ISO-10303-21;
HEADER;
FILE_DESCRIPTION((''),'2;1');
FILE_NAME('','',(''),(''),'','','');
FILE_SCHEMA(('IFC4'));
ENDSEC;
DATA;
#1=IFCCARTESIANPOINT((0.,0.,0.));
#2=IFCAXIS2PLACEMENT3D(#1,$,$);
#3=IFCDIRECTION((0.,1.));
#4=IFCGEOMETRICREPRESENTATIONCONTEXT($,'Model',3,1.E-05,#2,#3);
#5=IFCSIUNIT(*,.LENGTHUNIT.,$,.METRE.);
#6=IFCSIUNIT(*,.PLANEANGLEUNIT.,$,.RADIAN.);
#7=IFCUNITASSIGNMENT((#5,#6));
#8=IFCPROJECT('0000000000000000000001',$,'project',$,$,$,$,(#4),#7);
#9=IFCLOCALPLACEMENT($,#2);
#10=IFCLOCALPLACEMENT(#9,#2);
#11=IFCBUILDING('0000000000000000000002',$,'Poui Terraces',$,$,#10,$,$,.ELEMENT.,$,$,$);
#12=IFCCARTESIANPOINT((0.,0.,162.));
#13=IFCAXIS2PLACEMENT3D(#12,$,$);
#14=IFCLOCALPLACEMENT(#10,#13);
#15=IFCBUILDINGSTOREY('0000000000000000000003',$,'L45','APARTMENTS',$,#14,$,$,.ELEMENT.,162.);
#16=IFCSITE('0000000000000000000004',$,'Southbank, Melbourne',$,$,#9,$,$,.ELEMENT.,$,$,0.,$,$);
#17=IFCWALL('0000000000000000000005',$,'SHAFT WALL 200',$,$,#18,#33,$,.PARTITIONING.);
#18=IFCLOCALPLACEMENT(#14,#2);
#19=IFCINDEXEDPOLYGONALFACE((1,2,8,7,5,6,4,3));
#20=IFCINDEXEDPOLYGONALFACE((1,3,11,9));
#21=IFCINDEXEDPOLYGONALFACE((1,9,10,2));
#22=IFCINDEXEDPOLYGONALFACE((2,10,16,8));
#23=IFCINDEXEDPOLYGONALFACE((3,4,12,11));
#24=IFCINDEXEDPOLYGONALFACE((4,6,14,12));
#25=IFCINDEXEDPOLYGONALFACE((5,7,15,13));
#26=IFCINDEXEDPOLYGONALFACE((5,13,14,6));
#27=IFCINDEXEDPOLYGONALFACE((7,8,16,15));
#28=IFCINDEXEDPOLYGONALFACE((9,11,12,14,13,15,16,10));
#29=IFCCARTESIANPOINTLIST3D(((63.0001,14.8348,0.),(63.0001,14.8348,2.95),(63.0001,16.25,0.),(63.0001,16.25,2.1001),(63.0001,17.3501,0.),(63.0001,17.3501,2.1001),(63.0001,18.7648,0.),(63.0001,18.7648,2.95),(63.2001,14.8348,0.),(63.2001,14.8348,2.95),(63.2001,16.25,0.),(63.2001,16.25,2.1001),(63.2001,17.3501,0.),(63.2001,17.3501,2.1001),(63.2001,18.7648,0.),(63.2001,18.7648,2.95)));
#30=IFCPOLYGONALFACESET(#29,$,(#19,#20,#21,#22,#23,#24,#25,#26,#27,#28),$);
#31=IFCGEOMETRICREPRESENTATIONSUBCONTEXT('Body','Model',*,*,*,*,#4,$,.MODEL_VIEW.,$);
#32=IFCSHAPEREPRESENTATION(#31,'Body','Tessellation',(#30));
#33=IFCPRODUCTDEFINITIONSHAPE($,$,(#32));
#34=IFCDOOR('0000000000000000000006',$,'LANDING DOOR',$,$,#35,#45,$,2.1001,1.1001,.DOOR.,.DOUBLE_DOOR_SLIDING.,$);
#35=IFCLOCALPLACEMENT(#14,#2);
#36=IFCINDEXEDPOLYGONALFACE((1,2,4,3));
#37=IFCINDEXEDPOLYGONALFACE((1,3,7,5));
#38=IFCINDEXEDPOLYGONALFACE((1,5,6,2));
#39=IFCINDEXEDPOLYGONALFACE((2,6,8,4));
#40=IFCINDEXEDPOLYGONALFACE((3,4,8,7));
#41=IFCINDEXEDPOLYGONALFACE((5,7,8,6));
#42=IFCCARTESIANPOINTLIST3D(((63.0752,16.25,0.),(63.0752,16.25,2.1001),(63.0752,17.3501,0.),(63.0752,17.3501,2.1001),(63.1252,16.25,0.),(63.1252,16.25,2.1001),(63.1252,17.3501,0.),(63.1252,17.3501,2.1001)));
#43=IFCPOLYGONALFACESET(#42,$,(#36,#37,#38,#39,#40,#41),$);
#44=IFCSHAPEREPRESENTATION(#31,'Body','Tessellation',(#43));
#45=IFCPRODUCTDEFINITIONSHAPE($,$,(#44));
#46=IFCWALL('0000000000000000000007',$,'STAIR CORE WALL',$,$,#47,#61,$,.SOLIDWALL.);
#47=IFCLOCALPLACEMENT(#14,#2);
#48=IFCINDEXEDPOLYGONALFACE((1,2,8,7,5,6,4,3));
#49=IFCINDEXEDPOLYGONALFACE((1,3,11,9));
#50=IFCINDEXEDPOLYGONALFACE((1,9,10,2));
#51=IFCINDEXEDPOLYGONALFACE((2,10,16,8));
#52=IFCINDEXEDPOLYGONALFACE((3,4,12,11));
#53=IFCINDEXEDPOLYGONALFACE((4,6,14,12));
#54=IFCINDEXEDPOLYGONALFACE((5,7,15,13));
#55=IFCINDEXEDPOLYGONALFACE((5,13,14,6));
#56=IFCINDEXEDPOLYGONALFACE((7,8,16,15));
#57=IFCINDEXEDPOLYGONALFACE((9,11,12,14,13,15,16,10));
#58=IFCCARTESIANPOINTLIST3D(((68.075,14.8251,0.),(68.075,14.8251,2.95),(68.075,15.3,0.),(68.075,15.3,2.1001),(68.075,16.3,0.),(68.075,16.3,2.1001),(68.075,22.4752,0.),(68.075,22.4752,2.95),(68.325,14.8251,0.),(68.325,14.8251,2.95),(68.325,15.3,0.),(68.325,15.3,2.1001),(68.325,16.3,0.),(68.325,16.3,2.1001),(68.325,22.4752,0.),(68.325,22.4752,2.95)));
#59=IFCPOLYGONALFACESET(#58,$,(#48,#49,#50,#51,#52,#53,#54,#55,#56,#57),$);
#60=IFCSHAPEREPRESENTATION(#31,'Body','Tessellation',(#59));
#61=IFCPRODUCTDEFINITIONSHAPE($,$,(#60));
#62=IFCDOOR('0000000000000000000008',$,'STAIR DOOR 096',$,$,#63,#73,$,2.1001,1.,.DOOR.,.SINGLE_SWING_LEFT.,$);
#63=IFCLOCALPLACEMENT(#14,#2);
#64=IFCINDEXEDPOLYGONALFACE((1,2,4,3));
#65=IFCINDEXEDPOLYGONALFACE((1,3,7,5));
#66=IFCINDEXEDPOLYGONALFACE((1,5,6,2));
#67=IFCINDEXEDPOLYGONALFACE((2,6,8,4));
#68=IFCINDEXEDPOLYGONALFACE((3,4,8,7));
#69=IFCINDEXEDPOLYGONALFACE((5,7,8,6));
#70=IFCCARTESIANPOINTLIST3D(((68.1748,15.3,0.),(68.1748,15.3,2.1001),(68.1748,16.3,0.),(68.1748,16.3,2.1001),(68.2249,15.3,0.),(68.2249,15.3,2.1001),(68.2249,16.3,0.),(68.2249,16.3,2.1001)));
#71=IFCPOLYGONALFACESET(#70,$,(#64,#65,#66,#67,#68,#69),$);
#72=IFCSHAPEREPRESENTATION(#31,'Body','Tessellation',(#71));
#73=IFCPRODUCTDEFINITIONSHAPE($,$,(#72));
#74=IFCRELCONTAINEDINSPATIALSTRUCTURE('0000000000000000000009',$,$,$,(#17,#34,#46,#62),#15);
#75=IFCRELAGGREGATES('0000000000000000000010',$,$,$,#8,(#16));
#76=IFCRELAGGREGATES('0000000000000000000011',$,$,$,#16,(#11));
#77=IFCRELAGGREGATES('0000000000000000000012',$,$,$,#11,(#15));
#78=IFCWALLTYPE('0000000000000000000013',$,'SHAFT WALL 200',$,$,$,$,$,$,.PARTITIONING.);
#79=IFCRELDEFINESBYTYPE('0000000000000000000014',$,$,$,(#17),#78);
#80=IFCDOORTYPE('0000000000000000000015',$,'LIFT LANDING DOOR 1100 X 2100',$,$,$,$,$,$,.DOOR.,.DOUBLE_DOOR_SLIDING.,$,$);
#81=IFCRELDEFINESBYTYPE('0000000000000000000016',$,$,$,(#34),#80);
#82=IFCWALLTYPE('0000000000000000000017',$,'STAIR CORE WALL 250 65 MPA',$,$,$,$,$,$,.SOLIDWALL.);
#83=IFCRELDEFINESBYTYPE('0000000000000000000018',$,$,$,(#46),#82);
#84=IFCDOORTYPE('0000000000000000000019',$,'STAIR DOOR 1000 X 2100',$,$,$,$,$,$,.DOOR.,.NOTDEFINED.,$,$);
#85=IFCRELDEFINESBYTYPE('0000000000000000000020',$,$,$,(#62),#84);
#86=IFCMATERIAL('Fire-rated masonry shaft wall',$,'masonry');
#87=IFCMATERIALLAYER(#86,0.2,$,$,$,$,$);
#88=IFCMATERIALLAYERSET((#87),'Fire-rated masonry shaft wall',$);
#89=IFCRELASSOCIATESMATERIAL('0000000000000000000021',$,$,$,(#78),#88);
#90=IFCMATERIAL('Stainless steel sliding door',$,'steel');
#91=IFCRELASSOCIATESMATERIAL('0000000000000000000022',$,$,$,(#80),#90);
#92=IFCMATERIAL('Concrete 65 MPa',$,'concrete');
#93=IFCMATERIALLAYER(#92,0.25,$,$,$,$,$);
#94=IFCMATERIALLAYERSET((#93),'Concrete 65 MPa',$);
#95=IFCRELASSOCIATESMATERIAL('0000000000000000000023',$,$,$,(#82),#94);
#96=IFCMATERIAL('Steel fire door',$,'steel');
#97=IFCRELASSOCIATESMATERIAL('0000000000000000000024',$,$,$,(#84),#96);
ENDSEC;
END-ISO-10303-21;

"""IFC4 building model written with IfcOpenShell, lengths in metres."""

from ifc_helpers import new_model, si_unit, direction, frame, frame_2d, origin, place, context, subcontext, project, spatial, rectangle, extrude, material, layer, layer_set, type_object, element, fill, save


model = new_model("IFC4")

# Units and contexts
model_context = context("Model", 3, precision=1e-05, world=origin(), true_north=direction((0.0, 1.0)))
body_context = subcontext(model_context, "Body", "Model", "MODEL_VIEW")
ifc_project = project(units=[si_unit("LENGTHUNIT", "METRE"), si_unit("PLANEANGLEUNIT", "RADIAN")], contexts=[model_context])

# Site, building, storey
site_placement = place(None, origin())
site = spatial("IfcSite", under=ifc_project, at=site_placement, Name="Southbank, Melbourne", CompositionType="ELEMENT", RefElevation=0.0)
building_placement = place(site_placement, origin())
building = spatial("IfcBuilding", under=site, at=building_placement, Name="Poui Terraces", CompositionType="ELEMENT")
storey_placement = place(building_placement, frame((0.0, 0.0, 162.0)))
storey = spatial("IfcBuildingStorey", under=building, at=storey_placement, Name="L45", Description="APARTMENTS", CompositionType="ELEMENT", Elevation=162.0)

# Shared definitions
ifc_material_1 = material(Name="Concrete 65 MPa", Category="concrete")

# Shared definitions
ifc_material_2 = material(Name="Steel fire door", Category="steel")

# Shared definitions
ifc_material_3 = material(Name="Fire-rated masonry shaft wall", Category="masonry")
ifc_layer_1 = layer(ifc_material_3, 0.2)
ifc_layer_set_1 = layer_set([ifc_layer_1], Name="Fire-rated masonry shaft wall")
wall_type_1 = type_object("IfcWallType", Name="SHAFT WALL 200", PredefinedType="PARTITIONING", material=ifc_layer_set_1)

# Walls, openings, doors
wall_1_placement = place(storey_placement, frame((63.1001, 14.835, 0.0), z_axis=(0.0, 0.0, 1.0), x_axis=(0.0, 1.0, 0.0)))
wall_1 = element("IfcWall", 1, at=wall_1_placement, inside=storey, type_object=wall_type_1, Name="SHAFT WALL 200", PredefinedType="PARTITIONING", context=body_context, shape_type="SweptSolid", body=[
    extrude(rectangle(XDim=3.9299, YDim=0.2, at=frame_2d((1.9648, 0.0))), origin(), (0.0, 0.0, 1.0), 2.95),
])
opening_1_placement = place(wall_1_placement, frame((1.415, 0.0, 0.0)))
opening_1 = element("IfcOpeningElement", 2, at=opening_1_placement, cuts=wall_1, PredefinedType="OPENING", context=body_context, shape_type="SweptSolid", body=[
    extrude(rectangle(XDim=1.1001, YDim=2.1001, at=frame_2d((0.55, 1.05))), frame((0.0, 0.1099, 0.0), z_axis=(0.0, -1.0, 0.0), x_axis=(1.0, 0.0, 0.0)), (0.0, 0.0, 1.0), 0.22),
])
ifc_material_4 = material(Name="Stainless steel sliding door", Category="steel")
door_type_1 = type_object("IfcDoorType", Name="LIFT LANDING DOOR 1100 X 2100", OperationType="DOUBLE_DOOR_SLIDING", PredefinedType="DOOR", material=ifc_material_4)
door_1_placement = place(opening_1_placement, origin())
door_1 = element("IfcDoor", 3, at=door_1_placement, inside=storey, type_object=door_type_1, Name="LANDING DOOR", OperationType="DOUBLE_DOOR_SLIDING", OverallHeight=2.1001, OverallWidth=1.1001, PredefinedType="DOOR", context=body_context, shape_type="SweptSolid", body=[
    extrude(rectangle(XDim=1.1001, YDim=2.1001, at=frame_2d((0.55, 1.05))), frame((0.0, 0.0249, 0.0), z_axis=(0.0, -1.0, 0.0), x_axis=(1.0, 0.0, 0.0)), (0.0, 0.0, 1.0), 0.05),
])
fill(opening_1, door_1)
ifc_layer_2 = layer(ifc_material_1, 0.25)
ifc_layer_set_2 = layer_set([ifc_layer_2], Name="Concrete 65 MPa")
wall_type_2 = type_object("IfcWallType", Name="STAIR CORE WALL 250 65 MPA", PredefinedType="SOLIDWALL", material=ifc_layer_set_2)
wall_2_placement = place(storey_placement, frame((68.2, 14.825, 0.0), z_axis=(0.0, 0.0, 1.0), x_axis=(0.0, 1.0, 0.0)))
wall_2 = element("IfcWall", 4, at=wall_2_placement, inside=storey, type_object=wall_type_2, Name="STAIR CORE WALL", PredefinedType="SOLIDWALL", context=body_context, shape_type="SweptSolid", body=[
    extrude(rectangle(XDim=7.6501, YDim=0.25, at=frame_2d((3.8252, 0.0))), origin(), (0.0, 0.0, 1.0), 2.95),
])
opening_2_placement = place(wall_2_placement, frame((0.4751, 0.0, 0.0)))
opening_2 = element("IfcOpeningElement", 5, at=opening_2_placement, cuts=wall_2, PredefinedType="OPENING", context=body_context, shape_type="SweptSolid", body=[
    extrude(rectangle(XDim=1.0, YDim=2.1001, at=frame_2d((0.5, 1.05))), frame((0.0, 0.135, 0.0), z_axis=(0.0, -1.0, 0.0), x_axis=(1.0, 0.0, 0.0)), (0.0, 0.0, 1.0), 0.27),
])
door_type_2 = type_object("IfcDoorType", Name="STAIR DOOR 1000 X 2100", OperationType="NOTDEFINED", PredefinedType="DOOR", material=ifc_material_2)
door_2_placement = place(opening_2_placement, frame((1.0, 0.0, 0.0), z_axis=(0.0, 0.0, 1.0), x_axis=(-1.0, 0.0, 0.0)))
door_2 = element("IfcDoor", 6, at=door_2_placement, inside=storey, type_object=door_type_2, Name="STAIR DOOR 096", OperationType="SINGLE_SWING_LEFT", OverallHeight=2.1001, OverallWidth=1.0, PredefinedType="DOOR", context=body_context, shape_type="SweptSolid", body=[
    extrude(rectangle(XDim=1.0, YDim=2.1001, at=frame_2d((0.5, 1.05))), frame((0.0, 0.0249, 0.0), z_axis=(0.0, -1.0, 0.0), x_axis=(1.0, 0.0, 0.0)), (0.0, 0.0, 1.0), 0.05),
])
fill(opening_2, door_2)

save(model, "model.ifc")
